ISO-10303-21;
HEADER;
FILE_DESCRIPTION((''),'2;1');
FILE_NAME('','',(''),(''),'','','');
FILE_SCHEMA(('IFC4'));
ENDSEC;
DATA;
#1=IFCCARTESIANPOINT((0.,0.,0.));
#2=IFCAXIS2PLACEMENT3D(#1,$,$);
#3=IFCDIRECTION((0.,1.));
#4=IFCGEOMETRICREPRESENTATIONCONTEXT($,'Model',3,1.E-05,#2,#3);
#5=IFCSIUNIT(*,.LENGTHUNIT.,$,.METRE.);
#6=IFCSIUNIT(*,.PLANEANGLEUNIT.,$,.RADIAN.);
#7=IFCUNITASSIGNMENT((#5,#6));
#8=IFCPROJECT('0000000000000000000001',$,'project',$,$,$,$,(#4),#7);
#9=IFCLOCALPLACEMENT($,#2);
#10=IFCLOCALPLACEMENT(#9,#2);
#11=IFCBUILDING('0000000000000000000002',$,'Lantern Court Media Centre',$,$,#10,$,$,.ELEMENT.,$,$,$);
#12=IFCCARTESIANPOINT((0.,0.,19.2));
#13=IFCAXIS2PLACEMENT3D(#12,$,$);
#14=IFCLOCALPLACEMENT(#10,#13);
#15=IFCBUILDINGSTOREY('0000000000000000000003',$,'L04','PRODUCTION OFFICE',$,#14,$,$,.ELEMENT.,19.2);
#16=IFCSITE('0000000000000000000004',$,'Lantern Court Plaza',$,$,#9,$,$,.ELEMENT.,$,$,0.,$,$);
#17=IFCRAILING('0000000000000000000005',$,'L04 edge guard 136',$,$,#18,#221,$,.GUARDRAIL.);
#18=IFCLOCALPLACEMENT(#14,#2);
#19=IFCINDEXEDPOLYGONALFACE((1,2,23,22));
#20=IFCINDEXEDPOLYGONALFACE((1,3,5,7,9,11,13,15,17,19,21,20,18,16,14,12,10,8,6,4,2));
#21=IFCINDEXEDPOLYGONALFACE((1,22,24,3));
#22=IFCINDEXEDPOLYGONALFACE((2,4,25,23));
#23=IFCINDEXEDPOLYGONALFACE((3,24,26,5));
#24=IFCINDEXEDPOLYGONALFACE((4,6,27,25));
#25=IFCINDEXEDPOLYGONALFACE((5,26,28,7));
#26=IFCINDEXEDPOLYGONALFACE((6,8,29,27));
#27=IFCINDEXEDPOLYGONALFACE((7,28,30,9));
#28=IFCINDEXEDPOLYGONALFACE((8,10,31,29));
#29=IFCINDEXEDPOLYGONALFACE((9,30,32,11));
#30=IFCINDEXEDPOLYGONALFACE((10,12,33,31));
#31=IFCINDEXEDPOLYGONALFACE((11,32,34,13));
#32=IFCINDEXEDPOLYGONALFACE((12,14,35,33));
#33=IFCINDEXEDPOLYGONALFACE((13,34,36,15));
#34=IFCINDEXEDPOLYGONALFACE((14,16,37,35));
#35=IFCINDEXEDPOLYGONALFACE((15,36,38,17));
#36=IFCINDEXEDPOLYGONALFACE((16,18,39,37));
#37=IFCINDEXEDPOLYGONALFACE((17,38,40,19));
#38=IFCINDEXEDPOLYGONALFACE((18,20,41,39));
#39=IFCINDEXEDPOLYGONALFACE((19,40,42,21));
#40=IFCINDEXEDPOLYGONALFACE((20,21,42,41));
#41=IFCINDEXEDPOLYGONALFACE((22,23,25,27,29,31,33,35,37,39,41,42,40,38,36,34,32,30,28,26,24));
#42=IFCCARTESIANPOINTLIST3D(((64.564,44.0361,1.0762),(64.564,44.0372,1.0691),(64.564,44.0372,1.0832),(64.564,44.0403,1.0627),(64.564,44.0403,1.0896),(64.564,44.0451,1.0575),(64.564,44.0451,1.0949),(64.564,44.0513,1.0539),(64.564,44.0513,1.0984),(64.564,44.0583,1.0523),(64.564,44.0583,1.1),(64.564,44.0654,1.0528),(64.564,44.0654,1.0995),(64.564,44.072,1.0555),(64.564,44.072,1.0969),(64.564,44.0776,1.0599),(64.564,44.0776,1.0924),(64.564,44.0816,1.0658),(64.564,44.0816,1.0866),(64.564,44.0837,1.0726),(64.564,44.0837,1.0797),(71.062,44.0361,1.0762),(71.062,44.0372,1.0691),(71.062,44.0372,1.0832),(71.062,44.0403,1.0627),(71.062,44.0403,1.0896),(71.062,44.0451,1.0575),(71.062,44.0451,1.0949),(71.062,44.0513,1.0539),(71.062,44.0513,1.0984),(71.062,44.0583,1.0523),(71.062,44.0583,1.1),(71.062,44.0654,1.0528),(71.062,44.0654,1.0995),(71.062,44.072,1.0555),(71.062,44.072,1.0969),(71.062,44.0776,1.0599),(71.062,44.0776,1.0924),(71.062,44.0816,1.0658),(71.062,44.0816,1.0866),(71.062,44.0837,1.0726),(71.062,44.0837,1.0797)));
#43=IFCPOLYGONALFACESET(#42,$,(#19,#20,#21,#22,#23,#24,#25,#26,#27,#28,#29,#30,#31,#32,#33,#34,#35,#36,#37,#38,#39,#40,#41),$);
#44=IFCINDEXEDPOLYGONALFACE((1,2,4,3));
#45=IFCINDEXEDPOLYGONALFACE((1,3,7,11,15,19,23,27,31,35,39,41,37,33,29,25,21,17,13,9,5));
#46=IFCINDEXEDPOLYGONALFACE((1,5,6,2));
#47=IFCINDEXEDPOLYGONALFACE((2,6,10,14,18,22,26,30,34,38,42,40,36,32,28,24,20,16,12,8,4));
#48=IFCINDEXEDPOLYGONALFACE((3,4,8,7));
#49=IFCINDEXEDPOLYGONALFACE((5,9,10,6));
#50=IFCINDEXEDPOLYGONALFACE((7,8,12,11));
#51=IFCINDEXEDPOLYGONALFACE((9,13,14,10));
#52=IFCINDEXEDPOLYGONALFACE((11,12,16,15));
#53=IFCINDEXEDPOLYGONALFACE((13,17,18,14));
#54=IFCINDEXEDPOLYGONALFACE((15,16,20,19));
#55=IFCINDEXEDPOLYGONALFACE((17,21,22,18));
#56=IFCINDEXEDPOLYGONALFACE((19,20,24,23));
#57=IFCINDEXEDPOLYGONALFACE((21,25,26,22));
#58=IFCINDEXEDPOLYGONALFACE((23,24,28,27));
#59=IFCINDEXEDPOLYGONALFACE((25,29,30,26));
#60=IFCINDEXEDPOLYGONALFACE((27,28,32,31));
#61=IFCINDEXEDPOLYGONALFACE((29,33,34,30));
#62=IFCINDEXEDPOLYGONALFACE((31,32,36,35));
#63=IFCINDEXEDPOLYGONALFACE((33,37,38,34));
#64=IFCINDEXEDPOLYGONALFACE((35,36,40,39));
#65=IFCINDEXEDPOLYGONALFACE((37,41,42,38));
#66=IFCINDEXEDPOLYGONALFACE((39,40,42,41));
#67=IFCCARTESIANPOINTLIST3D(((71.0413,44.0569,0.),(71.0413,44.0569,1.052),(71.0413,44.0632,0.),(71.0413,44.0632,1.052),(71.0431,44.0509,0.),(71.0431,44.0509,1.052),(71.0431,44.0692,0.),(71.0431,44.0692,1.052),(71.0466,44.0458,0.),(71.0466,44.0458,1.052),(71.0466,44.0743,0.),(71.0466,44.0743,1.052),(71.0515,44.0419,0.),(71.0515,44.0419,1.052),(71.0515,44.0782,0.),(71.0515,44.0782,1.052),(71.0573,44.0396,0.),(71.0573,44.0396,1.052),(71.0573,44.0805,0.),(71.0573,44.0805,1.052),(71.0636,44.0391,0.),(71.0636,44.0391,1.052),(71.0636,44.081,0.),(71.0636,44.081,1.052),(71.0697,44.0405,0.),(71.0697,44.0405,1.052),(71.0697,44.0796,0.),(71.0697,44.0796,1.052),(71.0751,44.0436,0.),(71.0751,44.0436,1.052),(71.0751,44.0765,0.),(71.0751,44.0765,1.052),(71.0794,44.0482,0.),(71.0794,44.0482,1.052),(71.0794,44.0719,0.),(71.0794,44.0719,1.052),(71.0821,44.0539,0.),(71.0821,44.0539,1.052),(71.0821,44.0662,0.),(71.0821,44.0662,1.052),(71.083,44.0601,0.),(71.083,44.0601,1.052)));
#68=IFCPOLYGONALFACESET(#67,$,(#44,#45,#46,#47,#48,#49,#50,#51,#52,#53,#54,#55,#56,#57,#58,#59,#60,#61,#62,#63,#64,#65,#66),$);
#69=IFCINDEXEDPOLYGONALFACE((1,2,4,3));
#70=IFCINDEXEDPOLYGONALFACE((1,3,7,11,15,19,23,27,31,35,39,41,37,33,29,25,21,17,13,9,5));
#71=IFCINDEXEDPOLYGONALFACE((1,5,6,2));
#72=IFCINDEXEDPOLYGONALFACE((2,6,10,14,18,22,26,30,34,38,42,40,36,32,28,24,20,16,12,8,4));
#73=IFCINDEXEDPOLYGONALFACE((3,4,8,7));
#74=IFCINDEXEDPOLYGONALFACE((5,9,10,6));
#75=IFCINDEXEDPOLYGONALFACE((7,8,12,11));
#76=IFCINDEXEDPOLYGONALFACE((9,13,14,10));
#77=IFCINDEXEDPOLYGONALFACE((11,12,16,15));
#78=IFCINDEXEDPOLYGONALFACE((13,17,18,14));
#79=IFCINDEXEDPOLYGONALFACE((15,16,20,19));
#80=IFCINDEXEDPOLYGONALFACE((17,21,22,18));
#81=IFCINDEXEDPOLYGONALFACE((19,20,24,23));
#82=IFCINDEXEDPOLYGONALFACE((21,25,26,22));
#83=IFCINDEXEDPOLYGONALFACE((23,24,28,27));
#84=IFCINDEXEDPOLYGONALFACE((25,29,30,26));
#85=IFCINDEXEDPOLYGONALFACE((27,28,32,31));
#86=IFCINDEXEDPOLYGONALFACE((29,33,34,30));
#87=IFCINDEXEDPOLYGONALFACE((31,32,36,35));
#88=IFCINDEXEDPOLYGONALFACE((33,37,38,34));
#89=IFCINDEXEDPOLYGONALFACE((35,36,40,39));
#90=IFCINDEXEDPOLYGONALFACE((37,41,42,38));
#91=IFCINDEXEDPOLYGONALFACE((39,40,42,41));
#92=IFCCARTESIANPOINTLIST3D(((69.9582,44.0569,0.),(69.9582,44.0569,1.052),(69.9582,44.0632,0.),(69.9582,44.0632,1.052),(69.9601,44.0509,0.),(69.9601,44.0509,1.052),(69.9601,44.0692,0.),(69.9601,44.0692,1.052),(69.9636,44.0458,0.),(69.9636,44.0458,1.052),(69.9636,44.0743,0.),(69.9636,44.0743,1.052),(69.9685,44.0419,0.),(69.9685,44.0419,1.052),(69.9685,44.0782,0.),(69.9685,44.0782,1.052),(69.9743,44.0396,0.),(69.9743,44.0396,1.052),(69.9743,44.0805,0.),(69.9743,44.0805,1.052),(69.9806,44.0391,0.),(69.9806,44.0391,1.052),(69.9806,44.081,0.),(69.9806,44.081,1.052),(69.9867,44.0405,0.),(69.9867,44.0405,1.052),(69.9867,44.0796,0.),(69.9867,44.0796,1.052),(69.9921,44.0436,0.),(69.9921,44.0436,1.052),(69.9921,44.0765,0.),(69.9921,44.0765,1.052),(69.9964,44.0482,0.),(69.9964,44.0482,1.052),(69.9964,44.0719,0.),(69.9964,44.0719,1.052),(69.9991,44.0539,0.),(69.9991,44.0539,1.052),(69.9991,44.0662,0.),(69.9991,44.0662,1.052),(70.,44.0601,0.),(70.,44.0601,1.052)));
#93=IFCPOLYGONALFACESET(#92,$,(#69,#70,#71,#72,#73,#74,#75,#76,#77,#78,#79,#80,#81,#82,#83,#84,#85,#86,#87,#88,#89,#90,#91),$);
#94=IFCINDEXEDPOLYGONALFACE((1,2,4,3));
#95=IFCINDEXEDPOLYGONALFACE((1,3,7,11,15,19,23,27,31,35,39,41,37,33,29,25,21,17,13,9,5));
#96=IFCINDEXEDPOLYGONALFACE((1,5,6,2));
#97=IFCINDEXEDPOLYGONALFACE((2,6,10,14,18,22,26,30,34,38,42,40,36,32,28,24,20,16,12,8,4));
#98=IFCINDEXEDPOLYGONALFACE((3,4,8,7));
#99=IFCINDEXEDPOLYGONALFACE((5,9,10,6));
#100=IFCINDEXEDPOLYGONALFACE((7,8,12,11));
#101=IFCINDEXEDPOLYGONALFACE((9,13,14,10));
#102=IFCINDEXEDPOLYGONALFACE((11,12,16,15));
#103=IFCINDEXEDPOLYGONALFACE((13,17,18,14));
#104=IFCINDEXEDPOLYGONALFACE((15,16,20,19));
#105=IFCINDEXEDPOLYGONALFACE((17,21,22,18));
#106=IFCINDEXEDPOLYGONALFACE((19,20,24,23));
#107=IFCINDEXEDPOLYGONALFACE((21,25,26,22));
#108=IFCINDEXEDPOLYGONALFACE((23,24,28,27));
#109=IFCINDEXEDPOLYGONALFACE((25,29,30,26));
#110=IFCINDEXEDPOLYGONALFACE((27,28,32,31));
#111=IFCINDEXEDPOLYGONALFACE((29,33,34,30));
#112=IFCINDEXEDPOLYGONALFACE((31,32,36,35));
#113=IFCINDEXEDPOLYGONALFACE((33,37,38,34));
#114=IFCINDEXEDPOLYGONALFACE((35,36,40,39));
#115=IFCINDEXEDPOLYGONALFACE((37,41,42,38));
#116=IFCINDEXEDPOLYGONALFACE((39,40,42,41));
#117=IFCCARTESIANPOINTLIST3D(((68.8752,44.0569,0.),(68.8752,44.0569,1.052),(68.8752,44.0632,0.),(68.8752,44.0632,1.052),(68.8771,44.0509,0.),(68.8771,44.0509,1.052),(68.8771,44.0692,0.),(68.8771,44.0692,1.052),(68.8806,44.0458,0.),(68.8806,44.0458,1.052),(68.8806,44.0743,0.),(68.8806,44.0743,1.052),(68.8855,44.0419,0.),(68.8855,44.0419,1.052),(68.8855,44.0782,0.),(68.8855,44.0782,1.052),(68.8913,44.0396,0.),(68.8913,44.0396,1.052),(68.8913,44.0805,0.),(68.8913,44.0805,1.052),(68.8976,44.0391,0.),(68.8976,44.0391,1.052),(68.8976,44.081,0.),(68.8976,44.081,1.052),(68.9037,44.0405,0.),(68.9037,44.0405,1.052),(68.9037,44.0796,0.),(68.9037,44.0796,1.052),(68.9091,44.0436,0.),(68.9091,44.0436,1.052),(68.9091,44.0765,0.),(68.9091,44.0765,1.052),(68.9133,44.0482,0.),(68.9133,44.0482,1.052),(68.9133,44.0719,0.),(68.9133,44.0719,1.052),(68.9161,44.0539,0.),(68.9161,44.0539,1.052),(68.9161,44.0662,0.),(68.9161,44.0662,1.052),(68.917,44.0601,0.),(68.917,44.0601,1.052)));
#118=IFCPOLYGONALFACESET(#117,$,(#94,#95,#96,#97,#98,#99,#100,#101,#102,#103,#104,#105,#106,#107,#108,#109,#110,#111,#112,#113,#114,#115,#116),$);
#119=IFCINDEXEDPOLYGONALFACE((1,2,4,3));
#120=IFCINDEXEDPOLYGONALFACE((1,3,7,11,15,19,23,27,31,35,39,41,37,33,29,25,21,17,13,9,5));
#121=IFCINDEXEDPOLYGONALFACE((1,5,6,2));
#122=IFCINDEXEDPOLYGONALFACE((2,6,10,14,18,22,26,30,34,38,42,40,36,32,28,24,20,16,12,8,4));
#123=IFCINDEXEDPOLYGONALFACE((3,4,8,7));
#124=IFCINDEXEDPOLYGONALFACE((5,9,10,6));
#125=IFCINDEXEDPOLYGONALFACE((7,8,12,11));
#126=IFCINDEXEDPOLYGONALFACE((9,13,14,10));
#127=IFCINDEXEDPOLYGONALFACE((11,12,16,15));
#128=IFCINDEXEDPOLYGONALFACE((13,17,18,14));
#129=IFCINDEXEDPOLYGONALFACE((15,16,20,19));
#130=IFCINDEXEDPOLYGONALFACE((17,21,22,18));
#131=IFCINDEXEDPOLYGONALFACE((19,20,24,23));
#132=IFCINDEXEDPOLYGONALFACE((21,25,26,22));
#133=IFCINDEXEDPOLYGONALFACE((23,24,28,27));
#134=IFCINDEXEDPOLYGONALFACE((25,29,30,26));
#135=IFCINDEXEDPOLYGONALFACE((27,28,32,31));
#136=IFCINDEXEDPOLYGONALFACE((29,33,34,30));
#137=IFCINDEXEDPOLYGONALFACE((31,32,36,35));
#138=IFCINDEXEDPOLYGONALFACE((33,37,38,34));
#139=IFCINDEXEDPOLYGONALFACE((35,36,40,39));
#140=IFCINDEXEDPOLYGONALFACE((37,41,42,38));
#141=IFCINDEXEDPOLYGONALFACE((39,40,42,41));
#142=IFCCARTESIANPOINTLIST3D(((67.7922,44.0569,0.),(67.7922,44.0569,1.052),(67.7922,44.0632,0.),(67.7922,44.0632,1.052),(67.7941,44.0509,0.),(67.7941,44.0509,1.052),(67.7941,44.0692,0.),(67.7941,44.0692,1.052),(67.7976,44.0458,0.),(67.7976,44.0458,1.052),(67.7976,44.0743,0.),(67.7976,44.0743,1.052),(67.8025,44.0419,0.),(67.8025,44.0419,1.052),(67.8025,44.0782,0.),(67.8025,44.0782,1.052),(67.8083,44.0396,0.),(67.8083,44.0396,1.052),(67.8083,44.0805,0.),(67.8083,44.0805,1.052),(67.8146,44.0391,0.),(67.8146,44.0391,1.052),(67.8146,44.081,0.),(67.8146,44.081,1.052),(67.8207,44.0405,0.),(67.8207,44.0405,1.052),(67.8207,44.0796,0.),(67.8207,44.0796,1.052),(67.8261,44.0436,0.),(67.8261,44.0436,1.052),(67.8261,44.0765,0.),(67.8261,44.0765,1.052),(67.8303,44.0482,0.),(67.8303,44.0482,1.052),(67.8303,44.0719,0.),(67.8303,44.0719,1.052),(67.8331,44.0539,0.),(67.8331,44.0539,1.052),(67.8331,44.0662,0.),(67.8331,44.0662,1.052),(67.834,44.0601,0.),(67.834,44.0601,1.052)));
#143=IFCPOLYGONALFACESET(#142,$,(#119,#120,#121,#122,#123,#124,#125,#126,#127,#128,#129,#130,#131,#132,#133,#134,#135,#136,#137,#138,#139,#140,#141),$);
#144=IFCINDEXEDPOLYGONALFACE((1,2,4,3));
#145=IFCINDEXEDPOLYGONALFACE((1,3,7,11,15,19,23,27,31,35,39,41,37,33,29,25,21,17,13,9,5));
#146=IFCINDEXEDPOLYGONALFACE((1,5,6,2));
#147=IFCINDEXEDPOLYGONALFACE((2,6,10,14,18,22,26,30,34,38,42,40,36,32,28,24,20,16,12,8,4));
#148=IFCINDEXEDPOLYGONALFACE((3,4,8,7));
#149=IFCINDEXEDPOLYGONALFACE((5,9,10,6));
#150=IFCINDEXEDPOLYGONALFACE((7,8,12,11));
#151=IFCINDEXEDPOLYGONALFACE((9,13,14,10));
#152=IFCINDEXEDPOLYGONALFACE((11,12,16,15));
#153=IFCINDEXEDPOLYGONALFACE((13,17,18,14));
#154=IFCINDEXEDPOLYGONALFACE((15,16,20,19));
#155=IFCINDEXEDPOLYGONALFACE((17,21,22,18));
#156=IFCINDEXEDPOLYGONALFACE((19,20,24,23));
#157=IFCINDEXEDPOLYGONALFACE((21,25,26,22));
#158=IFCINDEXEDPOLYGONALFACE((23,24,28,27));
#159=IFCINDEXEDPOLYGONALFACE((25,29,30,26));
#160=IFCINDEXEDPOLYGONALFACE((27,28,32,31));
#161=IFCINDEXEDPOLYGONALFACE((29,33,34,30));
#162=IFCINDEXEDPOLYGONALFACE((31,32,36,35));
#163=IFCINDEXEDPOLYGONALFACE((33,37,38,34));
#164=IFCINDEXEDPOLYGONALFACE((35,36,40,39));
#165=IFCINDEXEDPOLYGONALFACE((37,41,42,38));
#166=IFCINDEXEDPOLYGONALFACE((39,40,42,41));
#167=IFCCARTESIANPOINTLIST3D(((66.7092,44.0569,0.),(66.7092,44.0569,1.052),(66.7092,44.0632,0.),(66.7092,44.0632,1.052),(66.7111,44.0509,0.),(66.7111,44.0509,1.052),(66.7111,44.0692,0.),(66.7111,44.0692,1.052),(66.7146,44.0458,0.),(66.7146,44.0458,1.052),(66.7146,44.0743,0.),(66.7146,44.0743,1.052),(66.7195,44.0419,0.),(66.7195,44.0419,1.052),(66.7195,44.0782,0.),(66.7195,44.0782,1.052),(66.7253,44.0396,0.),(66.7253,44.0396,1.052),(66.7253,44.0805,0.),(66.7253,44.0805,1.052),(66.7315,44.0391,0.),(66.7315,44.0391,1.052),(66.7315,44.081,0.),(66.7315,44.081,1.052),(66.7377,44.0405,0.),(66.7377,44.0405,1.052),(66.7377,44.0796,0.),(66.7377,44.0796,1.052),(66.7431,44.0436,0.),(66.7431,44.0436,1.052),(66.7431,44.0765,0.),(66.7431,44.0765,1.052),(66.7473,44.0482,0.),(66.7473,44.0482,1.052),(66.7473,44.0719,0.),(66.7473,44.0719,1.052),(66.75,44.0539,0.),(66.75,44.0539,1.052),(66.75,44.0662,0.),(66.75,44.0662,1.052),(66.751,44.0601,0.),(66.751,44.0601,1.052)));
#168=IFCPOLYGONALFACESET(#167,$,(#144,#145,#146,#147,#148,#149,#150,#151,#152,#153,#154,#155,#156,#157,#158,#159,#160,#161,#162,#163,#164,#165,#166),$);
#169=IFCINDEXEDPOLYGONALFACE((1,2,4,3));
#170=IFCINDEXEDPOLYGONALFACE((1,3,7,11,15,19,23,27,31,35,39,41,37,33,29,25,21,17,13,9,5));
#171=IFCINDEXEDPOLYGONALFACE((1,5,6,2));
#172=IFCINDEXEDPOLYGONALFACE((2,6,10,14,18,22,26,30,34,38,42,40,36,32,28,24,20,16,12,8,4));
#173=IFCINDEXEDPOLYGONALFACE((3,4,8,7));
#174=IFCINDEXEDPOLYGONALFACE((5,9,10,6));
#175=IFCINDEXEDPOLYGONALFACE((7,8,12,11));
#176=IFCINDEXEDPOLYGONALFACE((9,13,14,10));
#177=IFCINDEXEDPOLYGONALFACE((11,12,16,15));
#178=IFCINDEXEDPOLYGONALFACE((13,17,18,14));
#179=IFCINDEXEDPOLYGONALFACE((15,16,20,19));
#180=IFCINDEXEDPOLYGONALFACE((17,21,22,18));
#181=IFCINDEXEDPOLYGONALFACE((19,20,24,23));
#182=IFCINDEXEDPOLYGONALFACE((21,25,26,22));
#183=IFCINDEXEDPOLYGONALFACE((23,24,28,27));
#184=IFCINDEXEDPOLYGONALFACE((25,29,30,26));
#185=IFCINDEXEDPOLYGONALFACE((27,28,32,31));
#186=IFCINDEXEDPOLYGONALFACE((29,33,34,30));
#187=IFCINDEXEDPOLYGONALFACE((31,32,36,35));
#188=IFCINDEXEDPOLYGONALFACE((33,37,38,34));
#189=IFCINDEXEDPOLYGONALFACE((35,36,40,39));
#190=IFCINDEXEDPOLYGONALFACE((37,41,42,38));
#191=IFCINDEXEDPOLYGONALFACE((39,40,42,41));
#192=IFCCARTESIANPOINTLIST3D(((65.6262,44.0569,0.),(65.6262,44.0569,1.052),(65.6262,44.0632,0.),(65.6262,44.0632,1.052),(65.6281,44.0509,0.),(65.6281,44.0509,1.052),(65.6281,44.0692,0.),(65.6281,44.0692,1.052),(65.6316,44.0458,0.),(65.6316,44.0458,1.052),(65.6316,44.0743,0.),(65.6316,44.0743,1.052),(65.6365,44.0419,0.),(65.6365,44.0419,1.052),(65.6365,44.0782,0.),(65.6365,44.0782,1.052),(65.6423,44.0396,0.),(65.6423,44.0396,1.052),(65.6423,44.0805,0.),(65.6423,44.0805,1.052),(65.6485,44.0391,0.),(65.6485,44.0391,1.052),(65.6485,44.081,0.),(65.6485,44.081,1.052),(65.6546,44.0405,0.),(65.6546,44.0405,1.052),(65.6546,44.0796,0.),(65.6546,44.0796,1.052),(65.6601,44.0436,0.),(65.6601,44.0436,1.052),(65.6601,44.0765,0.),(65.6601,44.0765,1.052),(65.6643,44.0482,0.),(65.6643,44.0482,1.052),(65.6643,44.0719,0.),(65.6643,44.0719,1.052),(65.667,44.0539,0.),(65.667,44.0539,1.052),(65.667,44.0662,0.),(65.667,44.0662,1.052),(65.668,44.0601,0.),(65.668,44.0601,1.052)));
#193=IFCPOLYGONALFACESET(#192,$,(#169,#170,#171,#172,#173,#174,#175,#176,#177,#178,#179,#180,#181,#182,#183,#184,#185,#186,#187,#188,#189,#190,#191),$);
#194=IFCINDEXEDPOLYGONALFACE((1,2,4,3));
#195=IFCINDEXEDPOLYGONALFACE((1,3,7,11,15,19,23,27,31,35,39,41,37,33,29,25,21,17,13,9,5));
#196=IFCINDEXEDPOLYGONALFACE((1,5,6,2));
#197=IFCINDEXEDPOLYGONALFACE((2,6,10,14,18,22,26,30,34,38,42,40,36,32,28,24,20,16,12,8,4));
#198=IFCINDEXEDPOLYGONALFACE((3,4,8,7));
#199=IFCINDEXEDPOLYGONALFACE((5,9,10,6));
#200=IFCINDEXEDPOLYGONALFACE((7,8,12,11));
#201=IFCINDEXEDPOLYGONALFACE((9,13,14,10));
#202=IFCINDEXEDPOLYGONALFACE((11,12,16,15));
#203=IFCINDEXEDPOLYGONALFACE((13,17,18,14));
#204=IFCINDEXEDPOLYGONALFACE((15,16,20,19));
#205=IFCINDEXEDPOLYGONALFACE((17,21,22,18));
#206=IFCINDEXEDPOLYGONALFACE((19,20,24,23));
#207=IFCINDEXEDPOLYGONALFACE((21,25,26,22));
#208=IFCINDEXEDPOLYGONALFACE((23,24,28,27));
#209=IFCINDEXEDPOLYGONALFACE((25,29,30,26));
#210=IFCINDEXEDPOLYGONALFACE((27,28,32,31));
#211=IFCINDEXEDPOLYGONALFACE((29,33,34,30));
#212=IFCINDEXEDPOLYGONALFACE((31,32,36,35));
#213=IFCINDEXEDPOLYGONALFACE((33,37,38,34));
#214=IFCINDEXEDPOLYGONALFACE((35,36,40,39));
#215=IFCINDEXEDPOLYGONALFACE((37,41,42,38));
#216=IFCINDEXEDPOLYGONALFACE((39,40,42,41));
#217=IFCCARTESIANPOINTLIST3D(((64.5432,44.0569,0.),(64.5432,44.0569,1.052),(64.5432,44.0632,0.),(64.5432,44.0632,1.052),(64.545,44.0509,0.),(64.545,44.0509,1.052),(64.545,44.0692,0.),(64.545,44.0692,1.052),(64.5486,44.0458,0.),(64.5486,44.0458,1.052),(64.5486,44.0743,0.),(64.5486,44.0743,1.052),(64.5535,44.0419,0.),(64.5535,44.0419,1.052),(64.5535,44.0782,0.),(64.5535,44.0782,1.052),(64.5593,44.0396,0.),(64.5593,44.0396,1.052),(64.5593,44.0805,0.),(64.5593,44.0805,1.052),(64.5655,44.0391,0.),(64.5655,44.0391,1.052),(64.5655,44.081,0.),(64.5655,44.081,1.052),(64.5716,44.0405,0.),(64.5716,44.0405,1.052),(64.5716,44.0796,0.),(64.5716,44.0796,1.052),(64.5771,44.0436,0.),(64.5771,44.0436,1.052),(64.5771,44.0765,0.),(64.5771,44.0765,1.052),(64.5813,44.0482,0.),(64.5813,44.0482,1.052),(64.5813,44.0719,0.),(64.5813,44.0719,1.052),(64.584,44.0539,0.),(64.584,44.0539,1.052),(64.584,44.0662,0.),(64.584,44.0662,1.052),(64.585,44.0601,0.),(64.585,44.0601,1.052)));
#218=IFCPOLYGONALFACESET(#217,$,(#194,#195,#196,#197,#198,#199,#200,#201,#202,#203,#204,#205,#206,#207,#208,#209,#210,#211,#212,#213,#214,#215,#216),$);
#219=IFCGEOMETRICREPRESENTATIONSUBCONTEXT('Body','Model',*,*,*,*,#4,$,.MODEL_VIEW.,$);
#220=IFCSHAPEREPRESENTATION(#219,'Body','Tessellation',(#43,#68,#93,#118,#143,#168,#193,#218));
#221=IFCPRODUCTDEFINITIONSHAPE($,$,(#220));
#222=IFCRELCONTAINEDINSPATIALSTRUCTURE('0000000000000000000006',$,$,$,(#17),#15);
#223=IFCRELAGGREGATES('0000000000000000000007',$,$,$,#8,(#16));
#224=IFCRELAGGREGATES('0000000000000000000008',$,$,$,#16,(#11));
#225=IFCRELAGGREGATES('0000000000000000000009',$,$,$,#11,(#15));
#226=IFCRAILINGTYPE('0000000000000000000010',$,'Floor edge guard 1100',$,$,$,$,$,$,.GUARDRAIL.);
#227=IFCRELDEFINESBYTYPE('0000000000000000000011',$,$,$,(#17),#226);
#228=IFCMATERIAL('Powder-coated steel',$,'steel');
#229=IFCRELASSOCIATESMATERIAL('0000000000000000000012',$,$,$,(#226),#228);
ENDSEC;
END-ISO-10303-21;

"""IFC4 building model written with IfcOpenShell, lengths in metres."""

from ifc_helpers import new_model, si_unit, direction, frame, origin, origin_2d, place, context, subcontext, project, spatial, circle, extrude, material, type_object, element, save


model = new_model("IFC4")

# Units and contexts
model_context = context("Model", 3, precision=1e-05, world=origin(), true_north=direction((0.0, 1.0)))
body_context = subcontext(model_context, "Body", "Model", "MODEL_VIEW")
ifc_project = project(units=[si_unit("LENGTHUNIT", "METRE"), si_unit("PLANEANGLEUNIT", "RADIAN")], contexts=[model_context])

# Site, building, storey
site_placement = place(None, origin())
site = spatial("IfcSite", under=ifc_project, at=site_placement, Name="Lantern Court Plaza", CompositionType="ELEMENT", RefElevation=0.0)
building_placement = place(site_placement, origin())
building = spatial("IfcBuilding", under=site, at=building_placement, Name="Lantern Court Media Centre", CompositionType="ELEMENT")
storey_placement = place(building_placement, frame((0.0, 0.0, 19.2)))
storey = spatial("IfcBuildingStorey", under=building, at=storey_placement, Name="L04", Description="PRODUCTION OFFICE", CompositionType="ELEMENT", Elevation=19.2)

# Railing
ifc_material_1 = material(Name="Powder-coated steel", Category="steel")
railing_type = type_object("IfcRailingType", Name="Floor edge guard 1100", PredefinedType="GUARDRAIL", material=ifc_material_1)
railing_placement = place(storey_placement, frame((71.062, 44.0601, 0.0)))
element("IfcRailing", 1, at=railing_placement, inside=storey, type_object=railing_type, Name="L04 edge guard 136", PredefinedType="GUARDRAIL", context=body_context, shape_type="SweptSolid", body=[
    extrude(circle(Radius=0.0239, at=origin_2d()), frame((0.0, 0.0, 1.0762), z_axis=(-1.0, 0.0, 0.0), x_axis=(0.0, -1.0, 0.0)), (0.0, 0.0, 1.0), 6.498),
    extrude(circle(Radius=0.021, at=origin_2d()), origin(), (0.0, 0.0, 1.0), 1.052),
    extrude(circle(Radius=0.021, at=origin_2d()), frame((-1.083, 0.0, 0.0)), (0.0, 0.0, 1.0), 1.052),
    extrude(circle(Radius=0.021, at=origin_2d()), frame((-2.166, 0.0, 0.0)), (0.0, 0.0, 1.0), 1.052),
    extrude(circle(Radius=0.021, at=origin_2d()), frame((-3.249, 0.0, 0.0)), (0.0, 0.0, 1.0), 1.052),
    extrude(circle(Radius=0.021, at=origin_2d()), frame((-4.332, 0.0, 0.0)), (0.0, 0.0, 1.0), 1.052),
    extrude(circle(Radius=0.021, at=origin_2d()), frame((-5.415, 0.0, 0.0)), (0.0, 0.0, 1.0), 1.052),
    extrude(circle(Radius=0.021, at=origin_2d()), frame((-6.498, 0.0, 0.0)), (0.0, 0.0, 1.0), 1.052),
])

save(model, "model.ifc")
